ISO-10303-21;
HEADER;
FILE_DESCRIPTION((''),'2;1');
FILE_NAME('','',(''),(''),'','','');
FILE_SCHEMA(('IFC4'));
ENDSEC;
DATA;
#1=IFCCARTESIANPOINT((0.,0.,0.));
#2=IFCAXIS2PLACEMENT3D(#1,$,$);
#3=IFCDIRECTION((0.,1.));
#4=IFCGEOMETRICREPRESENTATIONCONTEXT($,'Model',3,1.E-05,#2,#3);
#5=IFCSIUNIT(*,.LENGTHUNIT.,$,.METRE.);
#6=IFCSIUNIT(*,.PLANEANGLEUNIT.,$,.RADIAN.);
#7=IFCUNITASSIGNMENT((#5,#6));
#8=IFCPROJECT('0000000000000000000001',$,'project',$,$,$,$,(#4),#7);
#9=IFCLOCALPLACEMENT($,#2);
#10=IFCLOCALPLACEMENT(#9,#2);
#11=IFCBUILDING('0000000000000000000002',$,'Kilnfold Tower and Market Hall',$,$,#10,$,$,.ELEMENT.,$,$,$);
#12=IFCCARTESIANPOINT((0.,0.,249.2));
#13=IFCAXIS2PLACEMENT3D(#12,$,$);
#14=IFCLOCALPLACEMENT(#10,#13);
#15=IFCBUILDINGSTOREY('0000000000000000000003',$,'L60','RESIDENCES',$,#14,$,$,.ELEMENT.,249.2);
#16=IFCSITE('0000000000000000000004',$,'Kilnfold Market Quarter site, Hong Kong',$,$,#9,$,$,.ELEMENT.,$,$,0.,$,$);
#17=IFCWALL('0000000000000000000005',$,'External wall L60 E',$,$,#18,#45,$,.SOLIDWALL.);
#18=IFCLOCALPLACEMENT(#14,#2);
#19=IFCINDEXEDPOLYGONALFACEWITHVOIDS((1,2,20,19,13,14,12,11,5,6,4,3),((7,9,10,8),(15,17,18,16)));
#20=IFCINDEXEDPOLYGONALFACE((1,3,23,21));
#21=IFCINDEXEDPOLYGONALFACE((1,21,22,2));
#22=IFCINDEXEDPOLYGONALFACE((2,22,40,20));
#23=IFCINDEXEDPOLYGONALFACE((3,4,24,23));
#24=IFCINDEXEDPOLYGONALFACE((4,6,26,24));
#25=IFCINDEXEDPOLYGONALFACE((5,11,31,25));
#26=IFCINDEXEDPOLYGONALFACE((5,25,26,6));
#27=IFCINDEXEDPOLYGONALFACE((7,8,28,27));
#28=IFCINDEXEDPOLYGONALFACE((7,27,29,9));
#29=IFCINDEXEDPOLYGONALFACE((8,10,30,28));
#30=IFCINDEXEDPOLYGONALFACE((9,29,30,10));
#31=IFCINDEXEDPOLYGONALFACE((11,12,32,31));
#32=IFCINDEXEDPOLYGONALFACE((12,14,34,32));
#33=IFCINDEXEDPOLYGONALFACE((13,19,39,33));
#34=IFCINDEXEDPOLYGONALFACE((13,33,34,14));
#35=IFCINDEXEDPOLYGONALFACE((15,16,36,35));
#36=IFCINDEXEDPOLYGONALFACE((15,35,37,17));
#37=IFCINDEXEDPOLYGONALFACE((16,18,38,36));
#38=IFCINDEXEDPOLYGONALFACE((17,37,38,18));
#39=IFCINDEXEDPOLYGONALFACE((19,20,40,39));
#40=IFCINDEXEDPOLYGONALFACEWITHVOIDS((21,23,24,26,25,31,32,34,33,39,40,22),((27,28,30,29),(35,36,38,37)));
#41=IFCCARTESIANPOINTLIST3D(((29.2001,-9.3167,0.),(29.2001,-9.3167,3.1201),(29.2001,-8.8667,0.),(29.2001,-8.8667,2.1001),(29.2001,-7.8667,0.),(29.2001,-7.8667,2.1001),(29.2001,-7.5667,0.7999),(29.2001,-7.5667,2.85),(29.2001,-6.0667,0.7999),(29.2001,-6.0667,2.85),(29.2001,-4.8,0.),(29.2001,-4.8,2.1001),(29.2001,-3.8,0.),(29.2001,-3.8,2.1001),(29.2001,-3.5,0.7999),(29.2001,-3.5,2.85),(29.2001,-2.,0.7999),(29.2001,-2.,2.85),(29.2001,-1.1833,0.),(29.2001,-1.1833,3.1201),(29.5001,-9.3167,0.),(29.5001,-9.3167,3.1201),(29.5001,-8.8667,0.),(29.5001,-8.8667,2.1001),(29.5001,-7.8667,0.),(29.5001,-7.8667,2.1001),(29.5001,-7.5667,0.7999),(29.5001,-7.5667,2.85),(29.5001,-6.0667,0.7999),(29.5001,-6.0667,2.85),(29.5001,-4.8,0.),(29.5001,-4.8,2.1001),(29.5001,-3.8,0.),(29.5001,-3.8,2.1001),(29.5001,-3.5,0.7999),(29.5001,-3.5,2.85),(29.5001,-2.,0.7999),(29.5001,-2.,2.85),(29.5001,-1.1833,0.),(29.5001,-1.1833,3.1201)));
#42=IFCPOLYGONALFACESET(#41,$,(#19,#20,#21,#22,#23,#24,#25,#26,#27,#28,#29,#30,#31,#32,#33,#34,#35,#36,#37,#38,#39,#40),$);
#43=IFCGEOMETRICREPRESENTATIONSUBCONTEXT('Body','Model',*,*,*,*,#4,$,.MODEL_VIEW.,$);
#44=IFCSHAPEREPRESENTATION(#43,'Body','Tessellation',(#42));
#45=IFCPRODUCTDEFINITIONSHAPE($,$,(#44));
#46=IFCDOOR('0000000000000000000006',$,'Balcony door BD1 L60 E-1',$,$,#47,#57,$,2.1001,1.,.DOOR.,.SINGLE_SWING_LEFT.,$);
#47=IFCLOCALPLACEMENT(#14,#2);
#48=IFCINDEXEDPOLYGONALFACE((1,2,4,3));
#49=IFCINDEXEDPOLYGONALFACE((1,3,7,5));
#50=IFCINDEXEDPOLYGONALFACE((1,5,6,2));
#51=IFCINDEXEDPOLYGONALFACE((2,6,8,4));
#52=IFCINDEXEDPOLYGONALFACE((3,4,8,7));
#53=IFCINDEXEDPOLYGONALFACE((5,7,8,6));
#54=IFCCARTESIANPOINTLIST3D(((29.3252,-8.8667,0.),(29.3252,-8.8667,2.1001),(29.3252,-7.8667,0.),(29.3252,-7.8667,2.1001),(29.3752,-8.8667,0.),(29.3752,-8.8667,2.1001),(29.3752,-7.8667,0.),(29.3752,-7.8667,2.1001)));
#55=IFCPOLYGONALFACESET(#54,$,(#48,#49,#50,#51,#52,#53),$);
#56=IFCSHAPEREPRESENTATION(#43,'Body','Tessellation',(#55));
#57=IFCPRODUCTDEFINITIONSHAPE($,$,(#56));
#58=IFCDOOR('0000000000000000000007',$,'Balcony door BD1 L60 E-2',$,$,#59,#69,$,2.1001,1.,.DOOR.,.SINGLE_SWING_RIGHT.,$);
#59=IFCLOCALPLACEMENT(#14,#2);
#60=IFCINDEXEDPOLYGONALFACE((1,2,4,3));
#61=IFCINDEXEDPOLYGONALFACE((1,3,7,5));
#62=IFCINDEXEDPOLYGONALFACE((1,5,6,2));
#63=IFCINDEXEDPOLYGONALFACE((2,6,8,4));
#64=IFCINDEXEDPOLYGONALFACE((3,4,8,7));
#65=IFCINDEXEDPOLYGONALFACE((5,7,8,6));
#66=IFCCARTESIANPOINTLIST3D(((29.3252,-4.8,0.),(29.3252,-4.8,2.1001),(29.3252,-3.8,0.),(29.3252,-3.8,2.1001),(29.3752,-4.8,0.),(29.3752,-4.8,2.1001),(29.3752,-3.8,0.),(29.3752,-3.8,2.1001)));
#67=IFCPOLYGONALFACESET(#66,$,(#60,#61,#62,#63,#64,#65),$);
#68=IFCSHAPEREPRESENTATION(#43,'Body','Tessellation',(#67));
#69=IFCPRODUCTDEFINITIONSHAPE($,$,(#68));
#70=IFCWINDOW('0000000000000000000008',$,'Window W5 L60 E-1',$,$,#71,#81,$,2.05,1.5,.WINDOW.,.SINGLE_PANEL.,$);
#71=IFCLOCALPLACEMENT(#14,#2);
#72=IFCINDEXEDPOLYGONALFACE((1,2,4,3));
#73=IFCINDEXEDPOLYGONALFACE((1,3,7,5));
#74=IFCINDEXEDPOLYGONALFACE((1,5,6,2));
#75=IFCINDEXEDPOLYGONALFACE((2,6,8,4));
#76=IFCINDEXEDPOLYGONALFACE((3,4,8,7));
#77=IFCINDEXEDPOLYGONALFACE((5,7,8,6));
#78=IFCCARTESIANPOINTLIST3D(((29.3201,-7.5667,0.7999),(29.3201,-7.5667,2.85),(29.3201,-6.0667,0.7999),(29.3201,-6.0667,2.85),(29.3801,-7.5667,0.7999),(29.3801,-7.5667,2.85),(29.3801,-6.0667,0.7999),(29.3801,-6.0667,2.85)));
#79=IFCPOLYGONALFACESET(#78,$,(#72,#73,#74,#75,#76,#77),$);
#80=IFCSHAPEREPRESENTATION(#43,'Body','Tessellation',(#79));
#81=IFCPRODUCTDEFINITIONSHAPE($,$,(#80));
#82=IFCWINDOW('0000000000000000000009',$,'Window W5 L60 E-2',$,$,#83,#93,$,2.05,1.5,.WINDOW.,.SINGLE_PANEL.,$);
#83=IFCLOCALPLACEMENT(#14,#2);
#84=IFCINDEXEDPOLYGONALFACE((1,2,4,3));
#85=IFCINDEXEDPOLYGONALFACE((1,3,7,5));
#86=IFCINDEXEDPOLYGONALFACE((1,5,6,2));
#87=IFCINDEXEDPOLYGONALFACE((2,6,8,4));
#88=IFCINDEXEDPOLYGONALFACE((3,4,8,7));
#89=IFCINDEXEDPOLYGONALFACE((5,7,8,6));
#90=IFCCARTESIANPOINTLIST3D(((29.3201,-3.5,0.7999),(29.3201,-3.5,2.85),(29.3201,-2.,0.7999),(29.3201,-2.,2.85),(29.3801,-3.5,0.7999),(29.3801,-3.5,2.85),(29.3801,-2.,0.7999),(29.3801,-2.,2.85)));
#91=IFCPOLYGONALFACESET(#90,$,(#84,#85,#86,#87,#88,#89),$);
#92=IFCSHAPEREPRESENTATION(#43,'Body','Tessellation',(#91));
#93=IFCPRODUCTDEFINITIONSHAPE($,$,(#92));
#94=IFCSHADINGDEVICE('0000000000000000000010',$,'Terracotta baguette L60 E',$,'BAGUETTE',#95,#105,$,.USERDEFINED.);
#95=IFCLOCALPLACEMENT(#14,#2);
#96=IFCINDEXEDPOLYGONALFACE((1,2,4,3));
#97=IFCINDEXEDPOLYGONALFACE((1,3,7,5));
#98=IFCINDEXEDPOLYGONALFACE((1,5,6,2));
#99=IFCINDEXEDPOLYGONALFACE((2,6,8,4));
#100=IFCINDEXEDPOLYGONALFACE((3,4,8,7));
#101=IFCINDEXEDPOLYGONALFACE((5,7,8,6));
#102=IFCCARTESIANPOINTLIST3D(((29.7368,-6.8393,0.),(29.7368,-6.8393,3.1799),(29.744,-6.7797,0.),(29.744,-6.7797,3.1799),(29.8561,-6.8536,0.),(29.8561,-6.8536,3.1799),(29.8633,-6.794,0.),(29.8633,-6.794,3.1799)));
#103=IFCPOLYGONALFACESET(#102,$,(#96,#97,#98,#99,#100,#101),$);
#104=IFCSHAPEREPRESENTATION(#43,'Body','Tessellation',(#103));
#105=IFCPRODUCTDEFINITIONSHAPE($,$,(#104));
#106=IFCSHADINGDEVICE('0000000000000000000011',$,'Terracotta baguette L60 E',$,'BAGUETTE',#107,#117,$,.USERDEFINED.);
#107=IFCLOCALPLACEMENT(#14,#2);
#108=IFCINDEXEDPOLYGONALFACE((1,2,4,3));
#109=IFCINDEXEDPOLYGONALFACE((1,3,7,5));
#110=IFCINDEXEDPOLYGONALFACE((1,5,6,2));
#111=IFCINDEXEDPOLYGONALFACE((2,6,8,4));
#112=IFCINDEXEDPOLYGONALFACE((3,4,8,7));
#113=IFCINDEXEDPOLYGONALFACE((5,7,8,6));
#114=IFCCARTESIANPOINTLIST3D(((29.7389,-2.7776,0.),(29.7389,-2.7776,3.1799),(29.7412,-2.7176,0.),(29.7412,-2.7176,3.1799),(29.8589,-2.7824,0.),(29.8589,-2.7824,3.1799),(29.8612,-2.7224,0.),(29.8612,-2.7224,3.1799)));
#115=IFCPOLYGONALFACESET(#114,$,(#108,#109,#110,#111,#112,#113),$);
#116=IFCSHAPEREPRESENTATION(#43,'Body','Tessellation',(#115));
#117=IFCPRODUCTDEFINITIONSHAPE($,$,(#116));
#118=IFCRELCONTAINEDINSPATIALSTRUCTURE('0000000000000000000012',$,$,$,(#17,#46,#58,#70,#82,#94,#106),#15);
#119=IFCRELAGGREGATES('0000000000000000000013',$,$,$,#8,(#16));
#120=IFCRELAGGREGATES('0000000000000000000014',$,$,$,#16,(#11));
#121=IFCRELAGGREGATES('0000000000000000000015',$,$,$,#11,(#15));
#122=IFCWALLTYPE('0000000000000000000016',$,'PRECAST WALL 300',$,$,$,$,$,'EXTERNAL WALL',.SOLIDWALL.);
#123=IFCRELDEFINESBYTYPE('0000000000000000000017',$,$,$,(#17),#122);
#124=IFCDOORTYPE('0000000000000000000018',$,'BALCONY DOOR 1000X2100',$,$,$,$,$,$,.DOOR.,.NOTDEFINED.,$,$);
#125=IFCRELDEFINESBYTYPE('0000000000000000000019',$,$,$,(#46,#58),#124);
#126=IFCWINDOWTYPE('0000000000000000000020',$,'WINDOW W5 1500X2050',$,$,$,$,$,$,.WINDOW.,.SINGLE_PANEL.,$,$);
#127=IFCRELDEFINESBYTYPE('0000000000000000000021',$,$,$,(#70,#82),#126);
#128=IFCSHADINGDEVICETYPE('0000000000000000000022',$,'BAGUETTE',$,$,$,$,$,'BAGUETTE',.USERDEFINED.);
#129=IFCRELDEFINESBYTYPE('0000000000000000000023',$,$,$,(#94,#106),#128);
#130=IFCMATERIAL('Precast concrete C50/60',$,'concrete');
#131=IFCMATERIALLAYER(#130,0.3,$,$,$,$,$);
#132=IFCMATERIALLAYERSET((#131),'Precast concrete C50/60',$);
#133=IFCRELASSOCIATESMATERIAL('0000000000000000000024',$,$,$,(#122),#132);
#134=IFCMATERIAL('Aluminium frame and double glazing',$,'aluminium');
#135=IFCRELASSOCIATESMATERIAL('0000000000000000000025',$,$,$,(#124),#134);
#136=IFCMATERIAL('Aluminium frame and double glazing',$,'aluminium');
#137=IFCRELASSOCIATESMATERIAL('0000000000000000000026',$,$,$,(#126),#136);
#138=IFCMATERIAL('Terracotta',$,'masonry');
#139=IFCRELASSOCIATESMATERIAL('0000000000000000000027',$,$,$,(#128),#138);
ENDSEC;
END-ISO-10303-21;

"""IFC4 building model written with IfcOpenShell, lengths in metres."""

from ifc_helpers import new_model, si_unit, direction, frame, frame_2d, origin, origin_2d, place, context, subcontext, project, spatial, rectangle, extrude, source, transform, mapped, material, layer, layer_set, material_profile, profile_set, type_object, element, fill, save


model = new_model("IFC4")

# Units and contexts
model_context = context("Model", 3, precision=1e-05, world=origin(), true_north=direction((0.0, 1.0)))
body_context = subcontext(model_context, "Body", "Model", "MODEL_VIEW")
ifc_project = project(units=[si_unit("LENGTHUNIT", "METRE"), si_unit("PLANEANGLEUNIT", "RADIAN")], contexts=[model_context])

# Site, building, storey
site_placement = place(None, origin())
site = spatial("IfcSite", under=ifc_project, at=site_placement, Name="Kilnfold Market Quarter site, Hong Kong", CompositionType="ELEMENT", RefElevation=0.0)
building_placement = place(site_placement, origin())
building = spatial("IfcBuilding", under=site, at=building_placement, Name="Kilnfold Tower and Market Hall", CompositionType="ELEMENT")
storey_placement = place(building_placement, frame((0.0, 0.0, 249.2)))
storey = spatial("IfcBuildingStorey", under=building, at=storey_placement, Name="L60", Description="RESIDENCES", CompositionType="ELEMENT", Elevation=249.2)

# Wall, openings, doors, windows
ifc_material_1 = material(Name="Precast concrete C50/60", Category="concrete")
ifc_layer_1 = layer(ifc_material_1, 0.3)
ifc_layer_set_1 = layer_set([ifc_layer_1], Name="Precast concrete C50/60")
wall_type_1 = type_object("IfcWallType", Name="PRECAST WALL 300", ElementType="EXTERNAL WALL", PredefinedType="SOLIDWALL", material=ifc_layer_set_1)
shared_shape_1 = source(origin(), body_context, "Body", "SweptSolid", [
    extrude(rectangle(XDim=8.1333, YDim=0.3, at=frame_2d((4.0667, 0.0))), origin(), (0.0, 0.0, 1.0), 3.1201),
])
wall_1_placement = place(storey_placement, frame((29.3501, -9.3167, 0.0), z_axis=(0.0, 0.0, 1.0), x_axis=(0.0, 1.0, 0.0)))
wall_1 = element("IfcWall", 1, at=wall_1_placement, inside=storey, type_object=wall_type_1, Name="External wall L60 E", PredefinedType="SOLIDWALL", context=body_context, shape_type="MappedRepresentation", body=[
    mapped(shared_shape_1, transform((0.0, 0.0, 0.0))),
])
opening_1_placement = place(wall_1_placement, frame((1.75, 0.0, 0.8)))
opening_1 = element("IfcOpeningElement", 2, at=opening_1_placement, cuts=wall_1, PredefinedType="OPENING", context=body_context, shape_type="SweptSolid", body=[
    extrude(rectangle(XDim=1.5, YDim=2.05, at=frame_2d((0.75, 1.0249))), frame((0.0, 0.1602, 0.0), z_axis=(0.0, -1.0, 0.0), x_axis=(1.0, 0.0, 0.0)), (0.0, 0.0, 1.0), 0.3201),
])
opening_2_placement = place(wall_1_placement, frame((0.45, 0.0, 0.0)))
opening_2 = element("IfcOpeningElement", 3, at=opening_2_placement, cuts=wall_1, PredefinedType="OPENING", context=body_context, shape_type="SweptSolid", body=[
    extrude(rectangle(XDim=1.0, YDim=2.1001, at=frame_2d((0.5, 1.05))), frame((0.0, 0.1602, 0.0), z_axis=(0.0, -1.0, 0.0), x_axis=(1.0, 0.0, 0.0)), (0.0, 0.0, 1.0), 0.3201),
])
opening_3_placement = place(wall_1_placement, frame((5.8167, 0.0, 0.8)))
opening_3 = element("IfcOpeningElement", 4, at=opening_3_placement, cuts=wall_1, PredefinedType="OPENING", context=body_context, shape_type="SweptSolid", body=[
    extrude(rectangle(XDim=1.5, YDim=2.05, at=frame_2d((0.75, 1.0249))), frame((0.0, 0.1602, 0.0), z_axis=(0.0, -1.0, 0.0), x_axis=(1.0, 0.0, 0.0)), (0.0, 0.0, 1.0), 0.3201),
])
opening_4_placement = place(wall_1_placement, frame((4.5166, 0.0, 0.0)))
opening_4 = element("IfcOpeningElement", 5, at=opening_4_placement, cuts=wall_1, PredefinedType="OPENING", context=body_context, shape_type="SweptSolid", body=[
    extrude(rectangle(XDim=1.0, YDim=2.1001, at=frame_2d((0.5, 1.05))), frame((0.0, 0.1602, 0.0), z_axis=(0.0, -1.0, 0.0), x_axis=(1.0, 0.0, 0.0)), (0.0, 0.0, 1.0), 0.3201),
])
ifc_material_2 = material(Name="Aluminium frame and double glazing", Category="aluminium")
door_type_1 = type_object("IfcDoorType", Name="BALCONY DOOR 1000X2100", OperationType="NOTDEFINED", PredefinedType="DOOR", material=ifc_material_2)
door_1_placement = place(opening_2_placement, origin())
door_1 = element("IfcDoor", 6, at=door_1_placement, inside=storey, type_object=door_type_1, Name="Balcony door BD1 L60 E-1", OperationType="SINGLE_SWING_LEFT", OverallHeight=2.1001, OverallWidth=1.0, PredefinedType="DOOR", context=body_context, shape_type="SweptSolid", body=[
    extrude(rectangle(XDim=1.0, YDim=2.1001, at=frame_2d((0.5, 1.05))), frame((0.0, 0.0249, 0.0), z_axis=(0.0, -1.0, 0.0), x_axis=(1.0, 0.0, 0.0)), (0.0, 0.0, 1.0), 0.05),
])
fill(opening_2, door_1)
door_2_placement = place(opening_4_placement, origin())
door_2 = element("IfcDoor", 7, at=door_2_placement, inside=storey, type_object=door_type_1, Name="Balcony door BD1 L60 E-2", OperationType="SINGLE_SWING_RIGHT", OverallHeight=2.1001, OverallWidth=1.0, PredefinedType="DOOR", context=body_context, shape_type="SweptSolid", body=[
    extrude(rectangle(XDim=1.0, YDim=2.1001, at=frame_2d((0.5, 1.05))), frame((0.0, 0.0249, 0.0), z_axis=(0.0, -1.0, 0.0), x_axis=(1.0, 0.0, 0.0)), (0.0, 0.0, 1.0), 0.05),
])
fill(opening_4, door_2)
ifc_material_3 = material(Name="Aluminium frame and double glazing", Category="aluminium")
window_type = type_object("IfcWindowType", Name="WINDOW W5 1500X2050", PartitioningType="SINGLE_PANEL", PredefinedType="WINDOW", material=ifc_material_3)
window_1_placement = place(opening_1_placement, origin())
window_1 = element("IfcWindow", 8, at=window_1_placement, inside=storey, type_object=window_type, Name="Window W5 L60 E-1", OverallHeight=2.05, OverallWidth=1.5, PartitioningType="SINGLE_PANEL", PredefinedType="WINDOW", context=body_context, shape_type="SweptSolid", body=[
    extrude(rectangle(XDim=1.5, YDim=2.05, at=frame_2d((0.75, 1.0249))), frame((0.0, 0.03, 0.0), z_axis=(0.0, -1.0, 0.0), x_axis=(1.0, 0.0, 0.0)), (0.0, 0.0, 1.0), 0.0601),
])
fill(opening_1, window_1)
window_2_placement = place(opening_3_placement, origin())
window_2 = element("IfcWindow", 9, at=window_2_placement, inside=storey, type_object=window_type, Name="Window W5 L60 E-2", OverallHeight=2.05, OverallWidth=1.5, PartitioningType="SINGLE_PANEL", PredefinedType="WINDOW", context=body_context, shape_type="SweptSolid", body=[
    extrude(rectangle(XDim=1.5, YDim=2.05, at=frame_2d((0.75, 1.0249))), frame((0.0, 0.03, 0.0), z_axis=(0.0, -1.0, 0.0), x_axis=(1.0, 0.0, 0.0)), (0.0, 0.0, 1.0), 0.0601),
])
fill(opening_3, window_2)

# Shading devices
ifc_material_4 = material(Name="Terracotta", Category="masonry")
ifc_material_profile_1 = material_profile(ifc_material_4, rectangle(XDim=0.0601, YDim=0.1201, at=origin_2d()), Name="BAG 60x120")
ifc_profile_set_1 = profile_set([ifc_material_profile_1], Name="Terracotta")
shading_device_type = type_object("IfcShadingDeviceType", Name="BAGUETTE", ElementType="BAGUETTE", PredefinedType="USERDEFINED", material=ifc_profile_set_1)
shared_shape_2 = source(origin(), body_context, "Body", "SweptSolid", [
    extrude(rectangle(XDim=0.0601, YDim=0.1201, at=origin_2d()), origin(), (0.0, 0.0, 1.0), 3.1799),
])
for number, where, z_axis, x_axis, name in (
    (10, (29.8, -6.8167, 0.0), (0.0, 0.0, 1.0), (0.11948, 0.992837, 0.0), "Terracotta baguette L60 E"),
    (11, (29.8, -2.75, 0.0), (0.0, 0.0, 1.0), (0.039321, 0.999227, 0.0), "Terracotta baguette L60 E"),
):
    element("IfcShadingDevice", number, at=place(storey_placement, frame(where, z_axis=z_axis, x_axis=x_axis)), inside=storey, type_object=shading_device_type, Name=name, ObjectType="BAGUETTE", PredefinedType="USERDEFINED", context=body_context, shape_type="MappedRepresentation", body=[
        mapped(shared_shape_2, transform((0.0, 0.0, 0.0))),
    ])

save(model, "model.ifc")
